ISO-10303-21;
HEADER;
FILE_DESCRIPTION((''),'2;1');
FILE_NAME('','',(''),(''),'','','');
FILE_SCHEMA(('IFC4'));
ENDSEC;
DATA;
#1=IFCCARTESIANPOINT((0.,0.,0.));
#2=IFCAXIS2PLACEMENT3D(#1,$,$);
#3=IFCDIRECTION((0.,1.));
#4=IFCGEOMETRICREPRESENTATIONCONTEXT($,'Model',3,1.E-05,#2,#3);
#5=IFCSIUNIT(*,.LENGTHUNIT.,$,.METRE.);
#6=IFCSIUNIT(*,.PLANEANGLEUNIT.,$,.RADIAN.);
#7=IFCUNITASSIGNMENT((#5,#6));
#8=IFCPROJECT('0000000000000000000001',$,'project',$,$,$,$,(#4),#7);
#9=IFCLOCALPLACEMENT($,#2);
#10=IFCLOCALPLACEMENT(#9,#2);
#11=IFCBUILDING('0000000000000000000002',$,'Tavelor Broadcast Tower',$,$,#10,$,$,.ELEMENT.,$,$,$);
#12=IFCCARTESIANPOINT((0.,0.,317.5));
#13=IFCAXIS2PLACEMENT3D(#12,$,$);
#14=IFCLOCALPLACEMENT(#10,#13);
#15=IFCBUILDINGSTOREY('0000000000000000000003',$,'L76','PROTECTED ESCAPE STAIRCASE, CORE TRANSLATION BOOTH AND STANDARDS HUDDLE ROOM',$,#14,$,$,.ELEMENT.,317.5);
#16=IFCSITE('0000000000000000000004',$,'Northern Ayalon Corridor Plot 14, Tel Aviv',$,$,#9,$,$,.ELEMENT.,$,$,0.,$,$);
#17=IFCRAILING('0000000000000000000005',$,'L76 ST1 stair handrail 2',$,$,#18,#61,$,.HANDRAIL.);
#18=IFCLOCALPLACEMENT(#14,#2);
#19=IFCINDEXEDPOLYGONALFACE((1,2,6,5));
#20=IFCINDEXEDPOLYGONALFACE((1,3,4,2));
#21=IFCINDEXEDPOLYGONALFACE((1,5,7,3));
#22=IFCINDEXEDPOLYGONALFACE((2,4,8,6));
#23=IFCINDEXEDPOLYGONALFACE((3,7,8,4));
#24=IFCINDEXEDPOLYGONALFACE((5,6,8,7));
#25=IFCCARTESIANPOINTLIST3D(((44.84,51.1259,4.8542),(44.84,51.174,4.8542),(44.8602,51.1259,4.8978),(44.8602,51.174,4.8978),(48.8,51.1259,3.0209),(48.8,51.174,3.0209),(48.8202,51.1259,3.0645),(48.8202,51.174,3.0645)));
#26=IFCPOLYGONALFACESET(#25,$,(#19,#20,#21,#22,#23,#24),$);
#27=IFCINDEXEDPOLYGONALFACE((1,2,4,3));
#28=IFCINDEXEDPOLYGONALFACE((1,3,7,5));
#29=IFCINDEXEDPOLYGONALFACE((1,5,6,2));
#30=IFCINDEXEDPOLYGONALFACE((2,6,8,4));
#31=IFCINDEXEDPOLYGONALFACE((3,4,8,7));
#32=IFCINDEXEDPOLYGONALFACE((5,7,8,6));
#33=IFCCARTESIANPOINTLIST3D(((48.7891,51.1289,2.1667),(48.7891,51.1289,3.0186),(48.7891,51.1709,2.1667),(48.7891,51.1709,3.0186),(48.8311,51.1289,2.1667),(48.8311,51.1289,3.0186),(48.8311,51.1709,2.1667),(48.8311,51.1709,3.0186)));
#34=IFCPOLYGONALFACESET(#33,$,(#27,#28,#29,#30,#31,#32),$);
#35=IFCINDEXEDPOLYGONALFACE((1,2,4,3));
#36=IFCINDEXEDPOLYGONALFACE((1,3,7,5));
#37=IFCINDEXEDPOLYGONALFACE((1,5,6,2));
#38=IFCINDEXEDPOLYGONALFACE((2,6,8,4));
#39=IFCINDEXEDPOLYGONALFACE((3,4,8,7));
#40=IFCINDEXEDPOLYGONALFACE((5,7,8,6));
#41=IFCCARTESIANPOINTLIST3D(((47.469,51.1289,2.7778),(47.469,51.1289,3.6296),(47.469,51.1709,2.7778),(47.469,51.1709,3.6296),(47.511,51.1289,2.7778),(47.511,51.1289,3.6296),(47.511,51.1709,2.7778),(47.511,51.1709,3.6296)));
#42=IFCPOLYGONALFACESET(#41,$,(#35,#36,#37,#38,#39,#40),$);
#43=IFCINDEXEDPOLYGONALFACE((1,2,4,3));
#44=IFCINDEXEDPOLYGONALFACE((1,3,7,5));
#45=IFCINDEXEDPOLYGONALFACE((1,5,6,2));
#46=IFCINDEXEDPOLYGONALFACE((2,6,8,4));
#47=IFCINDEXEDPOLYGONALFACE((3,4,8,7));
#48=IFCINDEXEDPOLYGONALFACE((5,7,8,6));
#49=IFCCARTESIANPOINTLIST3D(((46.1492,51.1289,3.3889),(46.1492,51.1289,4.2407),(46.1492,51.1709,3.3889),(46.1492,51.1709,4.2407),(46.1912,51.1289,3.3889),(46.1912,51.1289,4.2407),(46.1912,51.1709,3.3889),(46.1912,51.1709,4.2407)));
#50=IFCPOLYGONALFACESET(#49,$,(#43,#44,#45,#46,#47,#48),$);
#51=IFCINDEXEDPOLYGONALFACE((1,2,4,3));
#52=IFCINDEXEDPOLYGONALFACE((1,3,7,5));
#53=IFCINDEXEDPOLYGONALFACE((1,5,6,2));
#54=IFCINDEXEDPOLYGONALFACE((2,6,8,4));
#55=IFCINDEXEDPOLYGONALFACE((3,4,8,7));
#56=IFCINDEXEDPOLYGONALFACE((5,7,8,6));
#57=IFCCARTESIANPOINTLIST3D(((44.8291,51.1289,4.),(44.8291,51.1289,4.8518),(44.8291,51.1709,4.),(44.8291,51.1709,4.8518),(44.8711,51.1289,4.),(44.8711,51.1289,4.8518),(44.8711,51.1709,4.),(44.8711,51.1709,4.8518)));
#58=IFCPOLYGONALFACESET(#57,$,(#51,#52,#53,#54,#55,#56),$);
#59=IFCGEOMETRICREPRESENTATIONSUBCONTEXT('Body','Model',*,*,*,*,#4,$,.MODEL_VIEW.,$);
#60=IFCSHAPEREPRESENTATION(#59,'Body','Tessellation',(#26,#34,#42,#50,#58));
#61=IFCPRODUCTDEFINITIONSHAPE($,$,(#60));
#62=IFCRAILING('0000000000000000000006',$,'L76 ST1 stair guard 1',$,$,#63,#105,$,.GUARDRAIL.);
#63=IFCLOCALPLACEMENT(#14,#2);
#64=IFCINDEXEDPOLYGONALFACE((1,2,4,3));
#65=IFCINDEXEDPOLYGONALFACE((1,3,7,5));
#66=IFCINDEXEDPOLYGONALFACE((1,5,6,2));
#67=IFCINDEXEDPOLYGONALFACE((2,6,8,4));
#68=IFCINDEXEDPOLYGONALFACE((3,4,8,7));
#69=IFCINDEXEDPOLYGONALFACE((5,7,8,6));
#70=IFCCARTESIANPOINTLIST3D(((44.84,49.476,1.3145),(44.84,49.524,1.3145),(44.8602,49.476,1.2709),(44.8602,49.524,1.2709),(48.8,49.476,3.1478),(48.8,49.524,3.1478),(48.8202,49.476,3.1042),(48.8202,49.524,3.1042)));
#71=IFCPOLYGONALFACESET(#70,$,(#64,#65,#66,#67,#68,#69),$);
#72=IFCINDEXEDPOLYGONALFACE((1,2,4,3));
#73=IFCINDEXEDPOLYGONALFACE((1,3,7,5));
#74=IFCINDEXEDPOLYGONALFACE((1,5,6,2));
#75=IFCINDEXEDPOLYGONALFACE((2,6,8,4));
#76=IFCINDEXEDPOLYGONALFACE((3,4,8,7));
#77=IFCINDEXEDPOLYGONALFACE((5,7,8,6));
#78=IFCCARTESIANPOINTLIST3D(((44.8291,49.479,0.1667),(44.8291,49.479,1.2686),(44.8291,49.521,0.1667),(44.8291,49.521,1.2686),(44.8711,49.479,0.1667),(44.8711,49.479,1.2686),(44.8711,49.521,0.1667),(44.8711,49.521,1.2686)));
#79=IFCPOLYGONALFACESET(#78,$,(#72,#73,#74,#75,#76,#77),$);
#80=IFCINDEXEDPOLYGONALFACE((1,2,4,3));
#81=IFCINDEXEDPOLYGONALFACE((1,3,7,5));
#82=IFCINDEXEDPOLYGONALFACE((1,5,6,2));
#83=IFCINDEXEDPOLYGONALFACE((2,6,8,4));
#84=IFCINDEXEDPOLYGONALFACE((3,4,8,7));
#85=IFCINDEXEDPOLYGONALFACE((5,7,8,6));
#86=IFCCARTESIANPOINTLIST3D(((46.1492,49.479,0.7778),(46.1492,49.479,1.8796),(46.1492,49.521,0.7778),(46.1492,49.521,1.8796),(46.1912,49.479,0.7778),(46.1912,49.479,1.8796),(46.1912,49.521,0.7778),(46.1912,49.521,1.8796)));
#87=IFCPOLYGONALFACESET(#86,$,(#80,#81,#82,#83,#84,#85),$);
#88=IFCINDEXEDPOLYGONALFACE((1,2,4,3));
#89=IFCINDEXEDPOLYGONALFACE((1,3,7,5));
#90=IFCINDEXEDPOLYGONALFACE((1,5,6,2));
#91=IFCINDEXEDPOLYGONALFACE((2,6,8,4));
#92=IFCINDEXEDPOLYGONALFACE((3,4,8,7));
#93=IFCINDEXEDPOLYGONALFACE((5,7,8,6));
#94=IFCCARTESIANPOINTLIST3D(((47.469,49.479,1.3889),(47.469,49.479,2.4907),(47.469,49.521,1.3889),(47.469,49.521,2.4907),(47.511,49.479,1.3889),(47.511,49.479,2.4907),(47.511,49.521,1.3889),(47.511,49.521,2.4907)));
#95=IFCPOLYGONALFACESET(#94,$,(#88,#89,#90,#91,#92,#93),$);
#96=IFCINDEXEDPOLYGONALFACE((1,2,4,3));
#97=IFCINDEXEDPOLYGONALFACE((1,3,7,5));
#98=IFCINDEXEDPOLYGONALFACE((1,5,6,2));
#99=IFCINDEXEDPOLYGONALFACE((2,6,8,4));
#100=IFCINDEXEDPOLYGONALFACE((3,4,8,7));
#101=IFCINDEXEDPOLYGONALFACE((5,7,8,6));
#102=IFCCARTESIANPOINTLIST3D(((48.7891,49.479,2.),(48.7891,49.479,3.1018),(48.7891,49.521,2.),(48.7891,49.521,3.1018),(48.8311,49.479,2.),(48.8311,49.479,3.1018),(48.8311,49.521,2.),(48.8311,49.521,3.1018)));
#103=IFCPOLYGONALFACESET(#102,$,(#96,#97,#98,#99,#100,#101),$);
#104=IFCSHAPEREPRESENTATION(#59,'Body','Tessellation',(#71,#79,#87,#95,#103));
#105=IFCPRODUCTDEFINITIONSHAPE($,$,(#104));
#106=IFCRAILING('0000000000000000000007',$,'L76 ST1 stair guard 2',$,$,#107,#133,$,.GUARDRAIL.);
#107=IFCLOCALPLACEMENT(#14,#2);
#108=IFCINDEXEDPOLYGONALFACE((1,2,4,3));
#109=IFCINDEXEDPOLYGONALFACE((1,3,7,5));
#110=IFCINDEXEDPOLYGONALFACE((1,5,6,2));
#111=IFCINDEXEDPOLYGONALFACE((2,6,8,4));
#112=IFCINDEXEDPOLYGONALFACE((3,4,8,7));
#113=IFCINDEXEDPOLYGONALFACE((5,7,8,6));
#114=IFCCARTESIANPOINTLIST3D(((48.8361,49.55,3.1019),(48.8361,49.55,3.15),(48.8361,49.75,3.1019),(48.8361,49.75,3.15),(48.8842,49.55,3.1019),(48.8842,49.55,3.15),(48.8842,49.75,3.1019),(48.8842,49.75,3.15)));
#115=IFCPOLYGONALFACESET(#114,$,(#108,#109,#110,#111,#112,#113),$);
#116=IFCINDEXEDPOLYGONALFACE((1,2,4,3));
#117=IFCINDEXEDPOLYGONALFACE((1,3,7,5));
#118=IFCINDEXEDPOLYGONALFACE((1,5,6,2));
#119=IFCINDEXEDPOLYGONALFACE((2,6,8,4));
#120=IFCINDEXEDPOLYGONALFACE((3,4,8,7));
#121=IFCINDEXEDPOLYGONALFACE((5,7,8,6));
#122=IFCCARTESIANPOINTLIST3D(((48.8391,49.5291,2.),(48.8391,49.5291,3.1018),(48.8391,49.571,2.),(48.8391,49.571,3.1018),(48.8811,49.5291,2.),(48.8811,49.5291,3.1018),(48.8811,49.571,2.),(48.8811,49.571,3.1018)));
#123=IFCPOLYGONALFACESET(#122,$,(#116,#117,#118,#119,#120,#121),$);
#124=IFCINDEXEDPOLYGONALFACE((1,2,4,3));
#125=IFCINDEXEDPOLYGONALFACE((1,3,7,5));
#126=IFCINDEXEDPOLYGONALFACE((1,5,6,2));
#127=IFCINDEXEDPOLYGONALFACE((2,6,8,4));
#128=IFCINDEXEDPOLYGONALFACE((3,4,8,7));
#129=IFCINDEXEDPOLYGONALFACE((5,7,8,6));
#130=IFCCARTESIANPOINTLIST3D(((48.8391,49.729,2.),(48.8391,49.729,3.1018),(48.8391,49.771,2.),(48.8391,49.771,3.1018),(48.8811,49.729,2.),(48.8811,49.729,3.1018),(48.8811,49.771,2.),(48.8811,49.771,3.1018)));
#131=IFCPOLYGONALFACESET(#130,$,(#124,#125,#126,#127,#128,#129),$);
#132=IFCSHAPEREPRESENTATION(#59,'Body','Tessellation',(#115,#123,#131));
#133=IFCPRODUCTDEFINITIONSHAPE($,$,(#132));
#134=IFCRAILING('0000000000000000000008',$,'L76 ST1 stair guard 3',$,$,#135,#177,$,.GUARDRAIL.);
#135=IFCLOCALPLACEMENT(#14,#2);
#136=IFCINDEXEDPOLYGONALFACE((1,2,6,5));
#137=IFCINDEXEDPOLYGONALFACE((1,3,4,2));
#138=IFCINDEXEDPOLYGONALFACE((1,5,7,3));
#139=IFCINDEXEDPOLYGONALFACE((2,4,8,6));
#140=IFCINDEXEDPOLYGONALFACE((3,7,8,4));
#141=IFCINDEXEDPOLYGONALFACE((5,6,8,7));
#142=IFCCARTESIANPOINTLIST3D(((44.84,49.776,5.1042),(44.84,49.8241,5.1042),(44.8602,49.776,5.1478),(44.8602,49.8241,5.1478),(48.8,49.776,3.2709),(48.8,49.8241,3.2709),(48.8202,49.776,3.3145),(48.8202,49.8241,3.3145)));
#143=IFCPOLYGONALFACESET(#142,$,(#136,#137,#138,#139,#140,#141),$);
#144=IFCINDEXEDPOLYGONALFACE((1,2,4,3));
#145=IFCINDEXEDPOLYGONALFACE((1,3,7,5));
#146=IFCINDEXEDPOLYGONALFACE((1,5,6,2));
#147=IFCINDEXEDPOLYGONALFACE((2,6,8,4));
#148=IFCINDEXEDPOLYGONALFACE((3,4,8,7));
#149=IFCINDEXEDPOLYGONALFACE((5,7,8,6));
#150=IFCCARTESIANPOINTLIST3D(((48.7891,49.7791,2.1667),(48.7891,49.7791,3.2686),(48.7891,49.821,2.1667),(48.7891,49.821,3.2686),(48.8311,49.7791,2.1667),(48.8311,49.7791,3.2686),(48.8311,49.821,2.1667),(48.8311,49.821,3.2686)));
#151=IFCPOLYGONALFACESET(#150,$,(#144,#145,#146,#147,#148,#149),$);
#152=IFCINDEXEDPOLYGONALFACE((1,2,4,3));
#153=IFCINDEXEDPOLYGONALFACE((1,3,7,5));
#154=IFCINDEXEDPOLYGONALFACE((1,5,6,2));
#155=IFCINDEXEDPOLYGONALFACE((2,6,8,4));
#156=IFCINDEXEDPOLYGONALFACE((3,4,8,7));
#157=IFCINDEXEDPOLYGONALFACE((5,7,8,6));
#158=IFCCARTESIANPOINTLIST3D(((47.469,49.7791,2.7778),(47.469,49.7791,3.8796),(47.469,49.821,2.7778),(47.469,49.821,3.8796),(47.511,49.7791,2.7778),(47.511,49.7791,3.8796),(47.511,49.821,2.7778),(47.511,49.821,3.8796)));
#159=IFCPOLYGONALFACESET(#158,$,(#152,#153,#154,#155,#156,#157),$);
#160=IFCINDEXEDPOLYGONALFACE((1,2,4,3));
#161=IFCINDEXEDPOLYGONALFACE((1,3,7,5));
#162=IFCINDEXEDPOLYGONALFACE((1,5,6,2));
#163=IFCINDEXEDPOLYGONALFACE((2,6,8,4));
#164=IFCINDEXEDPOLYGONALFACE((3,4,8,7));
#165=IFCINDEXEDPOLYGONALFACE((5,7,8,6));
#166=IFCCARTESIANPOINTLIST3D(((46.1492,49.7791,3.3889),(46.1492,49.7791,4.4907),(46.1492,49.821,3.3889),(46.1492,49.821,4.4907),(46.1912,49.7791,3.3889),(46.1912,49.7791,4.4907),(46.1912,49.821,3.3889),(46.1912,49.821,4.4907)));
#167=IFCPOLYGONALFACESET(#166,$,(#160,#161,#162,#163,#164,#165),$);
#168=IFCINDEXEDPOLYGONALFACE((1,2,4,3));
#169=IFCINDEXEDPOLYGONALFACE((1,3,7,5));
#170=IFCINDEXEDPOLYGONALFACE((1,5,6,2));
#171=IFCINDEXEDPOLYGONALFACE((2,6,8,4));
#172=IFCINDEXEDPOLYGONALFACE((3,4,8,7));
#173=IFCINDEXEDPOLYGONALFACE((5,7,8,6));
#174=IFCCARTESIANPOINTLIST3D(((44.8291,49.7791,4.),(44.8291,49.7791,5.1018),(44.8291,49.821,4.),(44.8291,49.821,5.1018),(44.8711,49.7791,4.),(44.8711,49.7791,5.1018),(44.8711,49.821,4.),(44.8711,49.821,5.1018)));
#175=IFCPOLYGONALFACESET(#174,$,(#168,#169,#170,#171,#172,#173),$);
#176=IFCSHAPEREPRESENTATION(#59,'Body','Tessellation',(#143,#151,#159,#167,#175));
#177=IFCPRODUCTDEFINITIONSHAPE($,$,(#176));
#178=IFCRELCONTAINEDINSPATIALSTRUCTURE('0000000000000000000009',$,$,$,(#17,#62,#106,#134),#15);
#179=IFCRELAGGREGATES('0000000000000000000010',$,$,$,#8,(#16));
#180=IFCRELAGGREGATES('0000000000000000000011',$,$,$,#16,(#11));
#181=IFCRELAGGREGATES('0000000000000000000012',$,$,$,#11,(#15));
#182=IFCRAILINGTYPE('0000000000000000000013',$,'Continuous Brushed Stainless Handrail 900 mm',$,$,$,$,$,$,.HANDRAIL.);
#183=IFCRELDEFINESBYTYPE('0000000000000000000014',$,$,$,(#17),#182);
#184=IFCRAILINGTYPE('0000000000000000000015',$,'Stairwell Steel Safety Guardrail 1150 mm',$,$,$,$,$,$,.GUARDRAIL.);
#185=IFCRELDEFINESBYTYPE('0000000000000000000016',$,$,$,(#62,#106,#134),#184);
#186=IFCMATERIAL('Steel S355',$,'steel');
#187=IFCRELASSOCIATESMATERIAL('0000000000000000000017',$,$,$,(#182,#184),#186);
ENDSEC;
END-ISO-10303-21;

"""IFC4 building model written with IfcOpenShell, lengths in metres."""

from ifc_helpers import new_model, si_unit, direction, frame, origin, origin_2d, place, context, subcontext, project, spatial, rectangle, extrude, material, type_object, element, save


model = new_model("IFC4")

# Units and contexts
model_context = context("Model", 3, precision=1e-05, world=origin(), true_north=direction((0.0, 1.0)))
body_context = subcontext(model_context, "Body", "Model", "MODEL_VIEW")
ifc_project = project(units=[si_unit("LENGTHUNIT", "METRE"), si_unit("PLANEANGLEUNIT", "RADIAN")], contexts=[model_context])

# Site, building, storey
site_placement = place(None, origin())
site = spatial("IfcSite", under=ifc_project, at=site_placement, Name="Northern Ayalon Corridor Plot 14, Tel Aviv", CompositionType="ELEMENT", RefElevation=0.0)
building_placement = place(site_placement, origin())
building = spatial("IfcBuilding", under=site, at=building_placement, Name="Tavelor Broadcast Tower", CompositionType="ELEMENT")
storey_placement = place(building_placement, frame((0.0, 0.0, 317.5)))
storey = spatial("IfcBuildingStorey", under=building, at=storey_placement, Name="L76", Description="PROTECTED ESCAPE STAIRCASE, CORE TRANSLATION BOOTH AND STANDARDS HUDDLE ROOM", CompositionType="ELEMENT", Elevation=317.5)

# Shared definitions
ifc_material_1 = material(Name="Steel S355", Category="steel")

# Railings
railing_type_1 = type_object("IfcRailingType", Name="Continuous Brushed Stainless Handrail 900 mm", PredefinedType="HANDRAIL", material=ifc_material_1)
railing_1_placement = place(storey_placement, frame((48.8101, 51.1499, 2.1667)))
element("IfcRailing", 1, at=railing_1_placement, inside=storey, type_object=railing_type_1, Name="L76 ST1 stair handrail 2", PredefinedType="HANDRAIL", context=body_context, shape_type="SweptSolid", body=[
    extrude(rectangle(XDim=0.0481, YDim=0.0481, at=origin_2d()), frame((0.0, 0.0, 0.876), z_axis=(-0.907472, 0.0, 0.420112), x_axis=(0.0, -1.0, 0.0)), (0.0, 0.0, 1.0), 4.3638),
    extrude(rectangle(XDim=0.042, YDim=0.042, at=origin_2d()), origin(), (0.0, 0.0, 1.0), 0.8518),
    extrude(rectangle(XDim=0.042, YDim=0.042, at=origin_2d()), frame((-1.3201, 0.0, 0.6111)), (0.0, 0.0, 1.0), 0.8518),
    extrude(rectangle(XDim=0.042, YDim=0.042, at=origin_2d()), frame((-2.6399, 0.0, 1.2222)), (0.0, 0.0, 1.0), 0.8518),
    extrude(rectangle(XDim=0.042, YDim=0.042, at=origin_2d()), frame((-3.96, 0.0, 1.8333)), (0.0, 0.0, 1.0), 0.8518),
])
railing_type_2 = type_object("IfcRailingType", Name="Stairwell Steel Safety Guardrail 1150 mm", PredefinedType="GUARDRAIL", material=ifc_material_1)
railing_2_placement = place(storey_placement, frame((44.8501, 49.5, 0.1667)))
element("IfcRailing", 2, at=railing_2_placement, inside=storey, type_object=railing_type_2, Name="L76 ST1 stair guard 1", PredefinedType="GUARDRAIL", context=body_context, shape_type="SweptSolid", body=[
    extrude(rectangle(XDim=0.0481, YDim=0.0481, at=origin_2d()), frame((0.0, 0.0, 1.126), z_axis=(0.907472, 0.0, 0.420112), x_axis=(0.0, 1.0, 0.0)), (0.0, 0.0, 1.0), 4.3638),
    extrude(rectangle(XDim=0.042, YDim=0.042, at=origin_2d()), origin(), (0.0, 0.0, 1.0), 1.1018),
    extrude(rectangle(XDim=0.042, YDim=0.042, at=origin_2d()), frame((1.3201, 0.0, 0.6111)), (0.0, 0.0, 1.0), 1.1018),
    extrude(rectangle(XDim=0.042, YDim=0.042, at=origin_2d()), frame((2.6399, 0.0, 1.2222)), (0.0, 0.0, 1.0), 1.1018),
    extrude(rectangle(XDim=0.042, YDim=0.042, at=origin_2d()), frame((3.96, 0.0, 1.8333)), (0.0, 0.0, 1.0), 1.1018),
])
railing_3_placement = place(storey_placement, frame((48.8601, 49.55, 2.0)))
element("IfcRailing", 3, at=railing_3_placement, inside=storey, type_object=railing_type_2, Name="L76 ST1 stair guard 2", PredefinedType="GUARDRAIL", context=body_context, shape_type="SweptSolid", body=[
    extrude(rectangle(XDim=0.0481, YDim=0.0481, at=origin_2d()), frame((0.0, 0.0, 1.126), z_axis=(0.0, 1.0, 0.0), x_axis=(-1.0, 0.0, 0.0)), (0.0, 0.0, 1.0), 0.2),
    extrude(rectangle(XDim=0.042, YDim=0.042, at=origin_2d()), origin(), (0.0, 0.0, 1.0), 1.1018),
    extrude(rectangle(XDim=0.042, YDim=0.042, at=origin_2d()), frame((0.0, 0.2, 0.0)), (0.0, 0.0, 1.0), 1.1018),
])
railing_4_placement = place(storey_placement, frame((48.8101, 49.8, 2.1667)))
element("IfcRailing", 4, at=railing_4_placement, inside=storey, type_object=railing_type_2, Name="L76 ST1 stair guard 3", PredefinedType="GUARDRAIL", context=body_context, shape_type="SweptSolid", body=[
    extrude(rectangle(XDim=0.0481, YDim=0.0481, at=origin_2d()), frame((0.0, 0.0, 1.126), z_axis=(-0.907472, 0.0, 0.420112), x_axis=(0.0, -1.0, 0.0)), (0.0, 0.0, 1.0), 4.3638),
    extrude(rectangle(XDim=0.042, YDim=0.042, at=origin_2d()), origin(), (0.0, 0.0, 1.0), 1.1018),
    extrude(rectangle(XDim=0.042, YDim=0.042, at=origin_2d()), frame((-1.3201, 0.0, 0.6111)), (0.0, 0.0, 1.0), 1.1018),
    extrude(rectangle(XDim=0.042, YDim=0.042, at=origin_2d()), frame((-2.6399, 0.0, 1.2222)), (0.0, 0.0, 1.0), 1.1018),
    extrude(rectangle(XDim=0.042, YDim=0.042, at=origin_2d()), frame((-3.96, 0.0, 1.8333)), (0.0, 0.0, 1.0), 1.1018),
])

save(model, "model.ifc")
